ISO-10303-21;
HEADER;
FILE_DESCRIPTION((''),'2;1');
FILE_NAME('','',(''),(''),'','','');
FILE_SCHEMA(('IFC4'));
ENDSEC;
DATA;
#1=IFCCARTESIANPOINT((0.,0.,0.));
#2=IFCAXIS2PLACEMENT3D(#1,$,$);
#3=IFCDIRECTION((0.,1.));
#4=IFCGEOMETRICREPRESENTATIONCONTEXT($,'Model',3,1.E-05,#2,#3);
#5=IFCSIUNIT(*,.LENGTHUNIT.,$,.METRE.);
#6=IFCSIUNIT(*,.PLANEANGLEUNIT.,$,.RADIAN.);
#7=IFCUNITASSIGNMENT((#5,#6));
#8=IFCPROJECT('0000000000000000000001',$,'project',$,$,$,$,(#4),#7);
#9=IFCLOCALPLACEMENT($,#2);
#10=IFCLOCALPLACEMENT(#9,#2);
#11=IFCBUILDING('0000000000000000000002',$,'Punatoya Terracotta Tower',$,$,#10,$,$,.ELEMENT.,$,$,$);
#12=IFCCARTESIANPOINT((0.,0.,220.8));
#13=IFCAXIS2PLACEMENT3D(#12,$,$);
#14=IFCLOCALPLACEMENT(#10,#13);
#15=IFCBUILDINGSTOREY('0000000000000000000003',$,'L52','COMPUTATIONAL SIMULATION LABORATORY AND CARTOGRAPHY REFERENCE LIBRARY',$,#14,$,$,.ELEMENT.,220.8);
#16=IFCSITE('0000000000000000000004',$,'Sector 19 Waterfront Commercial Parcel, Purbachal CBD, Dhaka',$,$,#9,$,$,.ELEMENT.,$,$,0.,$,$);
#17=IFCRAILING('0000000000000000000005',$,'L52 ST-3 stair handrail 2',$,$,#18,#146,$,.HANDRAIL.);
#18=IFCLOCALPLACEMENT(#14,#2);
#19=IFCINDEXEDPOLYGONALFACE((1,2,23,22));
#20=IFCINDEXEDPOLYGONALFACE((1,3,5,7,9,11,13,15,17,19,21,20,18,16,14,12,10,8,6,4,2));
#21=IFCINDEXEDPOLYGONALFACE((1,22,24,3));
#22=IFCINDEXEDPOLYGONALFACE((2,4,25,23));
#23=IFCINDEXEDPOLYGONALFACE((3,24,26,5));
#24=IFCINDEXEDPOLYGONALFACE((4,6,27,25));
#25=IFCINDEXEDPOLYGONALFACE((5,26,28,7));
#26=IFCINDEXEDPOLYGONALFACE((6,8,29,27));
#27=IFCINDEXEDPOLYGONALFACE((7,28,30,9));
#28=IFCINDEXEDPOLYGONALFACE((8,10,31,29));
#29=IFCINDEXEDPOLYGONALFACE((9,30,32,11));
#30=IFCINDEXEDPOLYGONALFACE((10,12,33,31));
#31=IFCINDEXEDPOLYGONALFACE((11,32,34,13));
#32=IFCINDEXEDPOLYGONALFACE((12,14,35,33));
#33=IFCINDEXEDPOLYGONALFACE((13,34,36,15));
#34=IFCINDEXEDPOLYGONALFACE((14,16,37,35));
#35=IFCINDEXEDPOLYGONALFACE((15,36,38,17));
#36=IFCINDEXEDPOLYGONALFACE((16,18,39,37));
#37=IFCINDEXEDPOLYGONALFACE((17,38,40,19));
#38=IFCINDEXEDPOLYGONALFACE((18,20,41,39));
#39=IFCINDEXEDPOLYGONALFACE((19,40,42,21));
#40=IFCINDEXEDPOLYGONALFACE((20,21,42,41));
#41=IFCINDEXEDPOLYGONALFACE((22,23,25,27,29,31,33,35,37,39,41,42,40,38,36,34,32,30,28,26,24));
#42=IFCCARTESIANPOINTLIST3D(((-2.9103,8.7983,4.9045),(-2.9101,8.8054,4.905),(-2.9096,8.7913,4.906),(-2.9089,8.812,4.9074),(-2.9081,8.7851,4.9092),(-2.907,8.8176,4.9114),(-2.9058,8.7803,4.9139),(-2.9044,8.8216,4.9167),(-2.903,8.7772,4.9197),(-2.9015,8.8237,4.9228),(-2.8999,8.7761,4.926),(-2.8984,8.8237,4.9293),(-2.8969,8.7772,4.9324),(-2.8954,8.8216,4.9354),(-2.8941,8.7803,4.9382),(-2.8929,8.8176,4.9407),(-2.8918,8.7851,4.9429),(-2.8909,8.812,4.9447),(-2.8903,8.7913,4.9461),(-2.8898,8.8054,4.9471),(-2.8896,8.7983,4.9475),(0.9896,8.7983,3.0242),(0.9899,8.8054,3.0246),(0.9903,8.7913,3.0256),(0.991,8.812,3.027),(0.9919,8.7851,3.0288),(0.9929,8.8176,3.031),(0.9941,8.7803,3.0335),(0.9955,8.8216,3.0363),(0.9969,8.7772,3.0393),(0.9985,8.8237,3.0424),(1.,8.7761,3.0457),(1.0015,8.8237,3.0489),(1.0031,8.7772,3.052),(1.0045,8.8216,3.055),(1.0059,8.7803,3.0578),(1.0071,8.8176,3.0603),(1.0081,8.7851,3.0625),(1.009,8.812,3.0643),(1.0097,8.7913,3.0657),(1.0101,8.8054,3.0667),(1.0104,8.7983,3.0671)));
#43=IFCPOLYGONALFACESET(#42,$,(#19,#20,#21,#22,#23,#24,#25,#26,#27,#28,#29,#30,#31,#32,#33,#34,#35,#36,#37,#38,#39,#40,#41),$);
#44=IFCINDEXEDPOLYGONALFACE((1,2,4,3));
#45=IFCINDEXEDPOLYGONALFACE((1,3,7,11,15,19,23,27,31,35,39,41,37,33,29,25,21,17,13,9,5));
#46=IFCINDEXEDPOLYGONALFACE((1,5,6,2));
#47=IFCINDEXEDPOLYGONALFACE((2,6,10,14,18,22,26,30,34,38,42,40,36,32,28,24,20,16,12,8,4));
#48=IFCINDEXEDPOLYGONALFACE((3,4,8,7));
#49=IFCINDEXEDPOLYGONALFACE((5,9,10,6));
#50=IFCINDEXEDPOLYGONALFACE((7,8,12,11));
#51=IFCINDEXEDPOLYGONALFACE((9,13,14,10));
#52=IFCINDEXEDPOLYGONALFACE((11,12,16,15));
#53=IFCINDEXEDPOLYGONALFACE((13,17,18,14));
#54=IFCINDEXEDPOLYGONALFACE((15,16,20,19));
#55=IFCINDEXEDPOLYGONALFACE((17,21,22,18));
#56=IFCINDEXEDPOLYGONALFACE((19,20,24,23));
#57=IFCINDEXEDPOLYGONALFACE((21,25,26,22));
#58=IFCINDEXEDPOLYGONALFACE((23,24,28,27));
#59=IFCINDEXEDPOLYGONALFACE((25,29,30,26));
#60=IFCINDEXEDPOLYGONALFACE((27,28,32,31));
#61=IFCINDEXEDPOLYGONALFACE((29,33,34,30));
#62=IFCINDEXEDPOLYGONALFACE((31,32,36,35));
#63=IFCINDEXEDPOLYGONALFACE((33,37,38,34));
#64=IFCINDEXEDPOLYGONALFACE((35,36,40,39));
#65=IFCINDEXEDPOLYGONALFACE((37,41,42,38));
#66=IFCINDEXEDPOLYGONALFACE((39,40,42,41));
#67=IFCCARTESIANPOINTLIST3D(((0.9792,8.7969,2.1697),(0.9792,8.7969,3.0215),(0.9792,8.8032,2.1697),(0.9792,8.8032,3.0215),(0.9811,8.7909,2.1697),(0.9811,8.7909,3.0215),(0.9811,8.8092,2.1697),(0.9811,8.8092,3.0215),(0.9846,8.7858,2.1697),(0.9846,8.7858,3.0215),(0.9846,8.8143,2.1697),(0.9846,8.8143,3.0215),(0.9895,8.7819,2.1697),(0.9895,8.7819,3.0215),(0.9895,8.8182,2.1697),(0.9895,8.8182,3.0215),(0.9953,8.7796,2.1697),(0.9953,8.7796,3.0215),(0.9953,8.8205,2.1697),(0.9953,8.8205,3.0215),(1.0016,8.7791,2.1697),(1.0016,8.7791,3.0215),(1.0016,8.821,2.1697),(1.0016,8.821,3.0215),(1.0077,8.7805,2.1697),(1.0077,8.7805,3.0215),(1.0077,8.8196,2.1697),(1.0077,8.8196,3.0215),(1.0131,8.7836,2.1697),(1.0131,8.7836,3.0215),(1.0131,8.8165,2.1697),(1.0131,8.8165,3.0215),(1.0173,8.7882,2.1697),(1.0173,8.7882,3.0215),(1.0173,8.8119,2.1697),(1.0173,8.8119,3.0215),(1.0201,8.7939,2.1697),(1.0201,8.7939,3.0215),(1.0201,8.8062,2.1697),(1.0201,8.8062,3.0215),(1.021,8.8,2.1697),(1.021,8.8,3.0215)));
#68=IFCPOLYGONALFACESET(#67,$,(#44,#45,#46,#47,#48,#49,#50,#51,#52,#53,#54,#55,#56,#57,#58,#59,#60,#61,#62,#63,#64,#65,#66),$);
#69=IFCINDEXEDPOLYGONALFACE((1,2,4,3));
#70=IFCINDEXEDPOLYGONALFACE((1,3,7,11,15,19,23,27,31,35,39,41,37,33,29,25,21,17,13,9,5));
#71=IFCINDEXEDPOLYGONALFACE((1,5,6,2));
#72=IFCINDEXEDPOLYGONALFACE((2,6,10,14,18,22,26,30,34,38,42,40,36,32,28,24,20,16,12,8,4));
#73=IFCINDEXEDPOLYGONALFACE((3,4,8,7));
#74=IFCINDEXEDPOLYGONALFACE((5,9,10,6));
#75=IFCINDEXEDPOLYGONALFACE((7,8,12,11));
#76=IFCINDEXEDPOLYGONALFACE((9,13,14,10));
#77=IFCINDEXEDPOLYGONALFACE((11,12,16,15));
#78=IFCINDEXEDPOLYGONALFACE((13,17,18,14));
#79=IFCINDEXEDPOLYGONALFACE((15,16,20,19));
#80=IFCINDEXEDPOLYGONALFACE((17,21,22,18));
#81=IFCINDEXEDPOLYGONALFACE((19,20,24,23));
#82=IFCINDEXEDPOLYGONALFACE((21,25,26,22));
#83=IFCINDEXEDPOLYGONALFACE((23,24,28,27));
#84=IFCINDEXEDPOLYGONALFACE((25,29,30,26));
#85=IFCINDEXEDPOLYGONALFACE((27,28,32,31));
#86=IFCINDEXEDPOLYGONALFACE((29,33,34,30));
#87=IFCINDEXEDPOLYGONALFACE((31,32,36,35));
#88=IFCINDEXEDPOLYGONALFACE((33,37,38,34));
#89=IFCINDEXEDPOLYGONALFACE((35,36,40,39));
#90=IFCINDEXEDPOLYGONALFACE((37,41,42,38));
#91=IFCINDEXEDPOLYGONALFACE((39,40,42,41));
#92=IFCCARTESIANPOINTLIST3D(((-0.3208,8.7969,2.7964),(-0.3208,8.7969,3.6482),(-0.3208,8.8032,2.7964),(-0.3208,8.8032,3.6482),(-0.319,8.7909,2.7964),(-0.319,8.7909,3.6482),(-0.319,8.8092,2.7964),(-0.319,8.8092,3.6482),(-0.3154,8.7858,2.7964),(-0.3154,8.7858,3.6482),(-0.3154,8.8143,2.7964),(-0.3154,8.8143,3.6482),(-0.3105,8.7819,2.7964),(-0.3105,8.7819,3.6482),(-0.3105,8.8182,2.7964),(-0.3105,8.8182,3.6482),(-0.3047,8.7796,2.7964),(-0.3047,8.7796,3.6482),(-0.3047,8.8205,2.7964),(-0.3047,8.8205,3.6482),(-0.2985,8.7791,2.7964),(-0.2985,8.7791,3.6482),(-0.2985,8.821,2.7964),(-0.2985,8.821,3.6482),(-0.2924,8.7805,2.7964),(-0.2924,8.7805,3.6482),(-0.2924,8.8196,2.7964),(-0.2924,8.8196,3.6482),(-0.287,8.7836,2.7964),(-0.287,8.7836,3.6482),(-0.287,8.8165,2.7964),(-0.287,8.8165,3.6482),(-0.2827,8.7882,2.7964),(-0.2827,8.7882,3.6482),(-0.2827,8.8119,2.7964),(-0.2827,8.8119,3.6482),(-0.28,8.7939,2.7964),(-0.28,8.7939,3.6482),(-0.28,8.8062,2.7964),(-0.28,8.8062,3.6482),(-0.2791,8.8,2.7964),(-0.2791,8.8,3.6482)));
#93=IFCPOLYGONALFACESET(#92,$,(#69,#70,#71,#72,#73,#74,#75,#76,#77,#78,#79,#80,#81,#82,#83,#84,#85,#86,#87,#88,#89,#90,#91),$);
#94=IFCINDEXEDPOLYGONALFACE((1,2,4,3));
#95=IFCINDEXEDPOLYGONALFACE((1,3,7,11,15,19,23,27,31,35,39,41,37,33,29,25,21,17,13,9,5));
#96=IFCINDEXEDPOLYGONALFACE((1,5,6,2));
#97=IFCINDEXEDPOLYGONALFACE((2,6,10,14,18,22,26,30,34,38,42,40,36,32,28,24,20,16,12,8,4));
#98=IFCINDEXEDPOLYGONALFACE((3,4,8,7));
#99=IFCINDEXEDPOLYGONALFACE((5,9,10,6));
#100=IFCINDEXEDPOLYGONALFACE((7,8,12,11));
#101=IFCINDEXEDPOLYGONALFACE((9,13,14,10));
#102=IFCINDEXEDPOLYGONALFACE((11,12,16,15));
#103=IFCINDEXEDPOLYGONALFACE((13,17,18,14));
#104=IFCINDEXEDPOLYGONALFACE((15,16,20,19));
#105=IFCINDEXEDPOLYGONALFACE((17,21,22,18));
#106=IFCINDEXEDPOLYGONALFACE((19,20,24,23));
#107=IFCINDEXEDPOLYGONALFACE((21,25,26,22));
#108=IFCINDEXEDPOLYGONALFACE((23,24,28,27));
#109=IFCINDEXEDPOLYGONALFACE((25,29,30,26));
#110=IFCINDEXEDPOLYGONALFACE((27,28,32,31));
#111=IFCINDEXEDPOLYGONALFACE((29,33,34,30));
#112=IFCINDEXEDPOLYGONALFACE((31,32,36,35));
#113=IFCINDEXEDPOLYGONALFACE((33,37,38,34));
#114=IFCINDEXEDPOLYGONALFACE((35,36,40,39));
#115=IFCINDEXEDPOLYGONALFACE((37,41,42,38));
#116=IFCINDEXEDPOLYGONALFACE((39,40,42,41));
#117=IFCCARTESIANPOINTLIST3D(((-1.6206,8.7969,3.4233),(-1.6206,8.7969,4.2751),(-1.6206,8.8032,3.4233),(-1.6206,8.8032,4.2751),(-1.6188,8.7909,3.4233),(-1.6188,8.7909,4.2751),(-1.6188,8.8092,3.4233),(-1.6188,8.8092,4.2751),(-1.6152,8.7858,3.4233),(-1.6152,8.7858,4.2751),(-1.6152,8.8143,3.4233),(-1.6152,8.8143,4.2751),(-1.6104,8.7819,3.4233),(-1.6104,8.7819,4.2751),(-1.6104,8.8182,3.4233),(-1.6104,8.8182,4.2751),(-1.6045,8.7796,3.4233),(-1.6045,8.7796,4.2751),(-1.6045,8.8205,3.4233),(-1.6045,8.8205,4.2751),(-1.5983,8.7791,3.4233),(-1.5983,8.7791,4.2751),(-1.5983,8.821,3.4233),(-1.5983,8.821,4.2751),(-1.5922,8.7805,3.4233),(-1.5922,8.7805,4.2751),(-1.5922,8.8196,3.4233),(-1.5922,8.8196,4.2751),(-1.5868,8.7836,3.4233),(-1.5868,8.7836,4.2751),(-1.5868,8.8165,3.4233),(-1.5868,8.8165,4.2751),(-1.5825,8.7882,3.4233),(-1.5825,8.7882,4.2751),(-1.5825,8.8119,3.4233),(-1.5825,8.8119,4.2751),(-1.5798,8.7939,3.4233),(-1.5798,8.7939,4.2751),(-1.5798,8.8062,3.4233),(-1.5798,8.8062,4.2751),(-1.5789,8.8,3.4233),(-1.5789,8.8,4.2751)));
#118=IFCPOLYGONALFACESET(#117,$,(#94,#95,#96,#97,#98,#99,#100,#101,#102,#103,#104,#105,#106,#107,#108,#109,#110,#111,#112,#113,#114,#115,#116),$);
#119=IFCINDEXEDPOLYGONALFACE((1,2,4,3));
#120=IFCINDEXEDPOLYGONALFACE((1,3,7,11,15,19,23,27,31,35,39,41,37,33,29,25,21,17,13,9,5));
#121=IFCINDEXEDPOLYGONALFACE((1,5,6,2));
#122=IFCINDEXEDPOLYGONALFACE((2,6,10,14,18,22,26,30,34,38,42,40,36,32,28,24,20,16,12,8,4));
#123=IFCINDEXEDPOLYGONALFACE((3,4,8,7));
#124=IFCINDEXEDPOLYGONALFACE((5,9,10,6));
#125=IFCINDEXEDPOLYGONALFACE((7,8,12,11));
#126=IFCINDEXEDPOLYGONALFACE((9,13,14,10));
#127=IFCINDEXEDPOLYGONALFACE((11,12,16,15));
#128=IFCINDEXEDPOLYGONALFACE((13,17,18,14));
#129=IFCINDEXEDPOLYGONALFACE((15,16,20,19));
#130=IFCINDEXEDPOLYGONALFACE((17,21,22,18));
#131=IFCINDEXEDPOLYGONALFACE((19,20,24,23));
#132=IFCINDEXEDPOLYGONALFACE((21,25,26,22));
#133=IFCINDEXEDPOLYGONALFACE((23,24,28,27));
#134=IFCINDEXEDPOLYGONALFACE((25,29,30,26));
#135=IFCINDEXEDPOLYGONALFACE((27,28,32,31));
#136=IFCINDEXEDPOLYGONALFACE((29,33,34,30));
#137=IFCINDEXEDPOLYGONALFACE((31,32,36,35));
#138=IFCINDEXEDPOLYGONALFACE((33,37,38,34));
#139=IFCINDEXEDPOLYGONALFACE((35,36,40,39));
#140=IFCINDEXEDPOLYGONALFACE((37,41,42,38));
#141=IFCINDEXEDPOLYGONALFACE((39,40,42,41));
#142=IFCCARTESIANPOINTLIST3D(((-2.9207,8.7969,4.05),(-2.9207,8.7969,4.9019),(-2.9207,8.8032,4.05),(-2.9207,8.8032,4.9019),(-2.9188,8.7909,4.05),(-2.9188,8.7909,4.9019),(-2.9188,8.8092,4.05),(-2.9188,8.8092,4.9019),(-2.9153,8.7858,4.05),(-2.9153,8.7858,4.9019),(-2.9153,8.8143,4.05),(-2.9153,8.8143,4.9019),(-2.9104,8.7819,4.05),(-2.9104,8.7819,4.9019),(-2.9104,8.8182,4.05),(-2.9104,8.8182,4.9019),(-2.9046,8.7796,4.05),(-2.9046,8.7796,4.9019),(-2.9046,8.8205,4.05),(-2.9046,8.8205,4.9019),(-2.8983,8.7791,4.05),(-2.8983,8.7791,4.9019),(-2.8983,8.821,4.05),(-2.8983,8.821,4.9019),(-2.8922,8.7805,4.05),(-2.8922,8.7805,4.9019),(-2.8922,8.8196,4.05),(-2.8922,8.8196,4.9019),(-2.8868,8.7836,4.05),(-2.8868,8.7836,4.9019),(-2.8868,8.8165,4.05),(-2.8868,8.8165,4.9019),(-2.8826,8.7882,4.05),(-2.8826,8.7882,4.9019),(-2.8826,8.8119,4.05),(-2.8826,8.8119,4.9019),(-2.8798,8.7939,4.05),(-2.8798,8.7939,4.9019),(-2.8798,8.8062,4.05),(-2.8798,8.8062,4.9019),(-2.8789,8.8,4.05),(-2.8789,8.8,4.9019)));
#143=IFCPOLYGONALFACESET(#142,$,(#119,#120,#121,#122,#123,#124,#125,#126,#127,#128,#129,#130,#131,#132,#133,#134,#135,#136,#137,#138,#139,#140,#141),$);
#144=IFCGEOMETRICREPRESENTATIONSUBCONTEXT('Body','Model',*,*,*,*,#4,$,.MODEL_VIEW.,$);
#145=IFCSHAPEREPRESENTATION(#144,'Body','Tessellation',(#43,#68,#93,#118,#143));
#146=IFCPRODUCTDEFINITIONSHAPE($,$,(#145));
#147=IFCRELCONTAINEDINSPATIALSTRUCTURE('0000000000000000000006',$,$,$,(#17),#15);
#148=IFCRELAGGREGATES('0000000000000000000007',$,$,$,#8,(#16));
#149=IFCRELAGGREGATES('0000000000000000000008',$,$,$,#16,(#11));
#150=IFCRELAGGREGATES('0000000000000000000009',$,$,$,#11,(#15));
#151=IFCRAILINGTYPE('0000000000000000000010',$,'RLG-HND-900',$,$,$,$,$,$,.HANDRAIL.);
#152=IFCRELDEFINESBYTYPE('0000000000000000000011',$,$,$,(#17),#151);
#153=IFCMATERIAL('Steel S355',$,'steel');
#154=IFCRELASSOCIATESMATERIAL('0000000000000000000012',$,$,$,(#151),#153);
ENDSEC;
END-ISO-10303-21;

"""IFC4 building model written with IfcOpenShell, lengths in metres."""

from ifc_helpers import new_model, si_unit, direction, frame, origin, origin_2d, place, context, subcontext, project, spatial, circle, extrude, material, type_object, element, save


model = new_model("IFC4")

# Units and contexts
model_context = context("Model", 3, precision=1e-05, world=origin(), true_north=direction((0.0, 1.0)))
body_context = subcontext(model_context, "Body", "Model", "MODEL_VIEW")
ifc_project = project(units=[si_unit("LENGTHUNIT", "METRE"), si_unit("PLANEANGLEUNIT", "RADIAN")], contexts=[model_context])

# Site, building, storey
site_placement = place(None, origin())
site = spatial("IfcSite", under=ifc_project, at=site_placement, Name="Sector 19 Waterfront Commercial Parcel, Purbachal CBD, Dhaka", CompositionType="ELEMENT", RefElevation=0.0)
building_placement = place(site_placement, origin())
building = spatial("IfcBuilding", under=site, at=building_placement, Name="Punatoya Terracotta Tower", CompositionType="ELEMENT")
storey_placement = place(building_placement, frame((0.0, 0.0, 220.8)))
storey = spatial("IfcBuildingStorey", under=building, at=storey_placement, Name="L52", Description="COMPUTATIONAL SIMULATION LABORATORY AND CARTOGRAPHY REFERENCE LIBRARY", CompositionType="ELEMENT", Elevation=220.8)

# Shared definitions
ifc_material_1 = material(Name="Steel S355", Category="steel")

# Railing
railing_type = type_object("IfcRailingType", Name="RLG-HND-900", PredefinedType="HANDRAIL", material=ifc_material_1)
railing_placement = place(storey_placement, frame((1.0, 8.8, 2.1697)))
element("IfcRailing", 1, at=railing_placement, inside=storey, type_object=railing_type, Name="L52 ST-3 stair handrail 2", PredefinedType="HANDRAIL", context=body_context, shape_type="SweptSolid", body=[
    extrude(circle(Radius=0.0239, at=origin_2d()), frame((0.0, 0.0, 0.876), z_axis=(-0.900763, 0.0, 0.434311), x_axis=(0.0, -1.0, 0.0)), (0.0, 0.0, 1.0), 4.3296),
    extrude(circle(Radius=0.021, at=origin_2d()), origin(), (0.0, 0.0, 1.0), 0.8518),
    extrude(circle(Radius=0.021, at=origin_2d()), frame((-1.3, 0.0, 0.6267)), (0.0, 0.0, 1.0), 0.8518),
    extrude(circle(Radius=0.021, at=origin_2d()), frame((-2.5999, 0.0, 1.2537)), (0.0, 0.0, 1.0), 0.8518),
    extrude(circle(Radius=0.021, at=origin_2d()), frame((-3.8999, 0.0, 1.8804)), (0.0, 0.0, 1.0), 0.8518),
])

save(model, "model.ifc")
